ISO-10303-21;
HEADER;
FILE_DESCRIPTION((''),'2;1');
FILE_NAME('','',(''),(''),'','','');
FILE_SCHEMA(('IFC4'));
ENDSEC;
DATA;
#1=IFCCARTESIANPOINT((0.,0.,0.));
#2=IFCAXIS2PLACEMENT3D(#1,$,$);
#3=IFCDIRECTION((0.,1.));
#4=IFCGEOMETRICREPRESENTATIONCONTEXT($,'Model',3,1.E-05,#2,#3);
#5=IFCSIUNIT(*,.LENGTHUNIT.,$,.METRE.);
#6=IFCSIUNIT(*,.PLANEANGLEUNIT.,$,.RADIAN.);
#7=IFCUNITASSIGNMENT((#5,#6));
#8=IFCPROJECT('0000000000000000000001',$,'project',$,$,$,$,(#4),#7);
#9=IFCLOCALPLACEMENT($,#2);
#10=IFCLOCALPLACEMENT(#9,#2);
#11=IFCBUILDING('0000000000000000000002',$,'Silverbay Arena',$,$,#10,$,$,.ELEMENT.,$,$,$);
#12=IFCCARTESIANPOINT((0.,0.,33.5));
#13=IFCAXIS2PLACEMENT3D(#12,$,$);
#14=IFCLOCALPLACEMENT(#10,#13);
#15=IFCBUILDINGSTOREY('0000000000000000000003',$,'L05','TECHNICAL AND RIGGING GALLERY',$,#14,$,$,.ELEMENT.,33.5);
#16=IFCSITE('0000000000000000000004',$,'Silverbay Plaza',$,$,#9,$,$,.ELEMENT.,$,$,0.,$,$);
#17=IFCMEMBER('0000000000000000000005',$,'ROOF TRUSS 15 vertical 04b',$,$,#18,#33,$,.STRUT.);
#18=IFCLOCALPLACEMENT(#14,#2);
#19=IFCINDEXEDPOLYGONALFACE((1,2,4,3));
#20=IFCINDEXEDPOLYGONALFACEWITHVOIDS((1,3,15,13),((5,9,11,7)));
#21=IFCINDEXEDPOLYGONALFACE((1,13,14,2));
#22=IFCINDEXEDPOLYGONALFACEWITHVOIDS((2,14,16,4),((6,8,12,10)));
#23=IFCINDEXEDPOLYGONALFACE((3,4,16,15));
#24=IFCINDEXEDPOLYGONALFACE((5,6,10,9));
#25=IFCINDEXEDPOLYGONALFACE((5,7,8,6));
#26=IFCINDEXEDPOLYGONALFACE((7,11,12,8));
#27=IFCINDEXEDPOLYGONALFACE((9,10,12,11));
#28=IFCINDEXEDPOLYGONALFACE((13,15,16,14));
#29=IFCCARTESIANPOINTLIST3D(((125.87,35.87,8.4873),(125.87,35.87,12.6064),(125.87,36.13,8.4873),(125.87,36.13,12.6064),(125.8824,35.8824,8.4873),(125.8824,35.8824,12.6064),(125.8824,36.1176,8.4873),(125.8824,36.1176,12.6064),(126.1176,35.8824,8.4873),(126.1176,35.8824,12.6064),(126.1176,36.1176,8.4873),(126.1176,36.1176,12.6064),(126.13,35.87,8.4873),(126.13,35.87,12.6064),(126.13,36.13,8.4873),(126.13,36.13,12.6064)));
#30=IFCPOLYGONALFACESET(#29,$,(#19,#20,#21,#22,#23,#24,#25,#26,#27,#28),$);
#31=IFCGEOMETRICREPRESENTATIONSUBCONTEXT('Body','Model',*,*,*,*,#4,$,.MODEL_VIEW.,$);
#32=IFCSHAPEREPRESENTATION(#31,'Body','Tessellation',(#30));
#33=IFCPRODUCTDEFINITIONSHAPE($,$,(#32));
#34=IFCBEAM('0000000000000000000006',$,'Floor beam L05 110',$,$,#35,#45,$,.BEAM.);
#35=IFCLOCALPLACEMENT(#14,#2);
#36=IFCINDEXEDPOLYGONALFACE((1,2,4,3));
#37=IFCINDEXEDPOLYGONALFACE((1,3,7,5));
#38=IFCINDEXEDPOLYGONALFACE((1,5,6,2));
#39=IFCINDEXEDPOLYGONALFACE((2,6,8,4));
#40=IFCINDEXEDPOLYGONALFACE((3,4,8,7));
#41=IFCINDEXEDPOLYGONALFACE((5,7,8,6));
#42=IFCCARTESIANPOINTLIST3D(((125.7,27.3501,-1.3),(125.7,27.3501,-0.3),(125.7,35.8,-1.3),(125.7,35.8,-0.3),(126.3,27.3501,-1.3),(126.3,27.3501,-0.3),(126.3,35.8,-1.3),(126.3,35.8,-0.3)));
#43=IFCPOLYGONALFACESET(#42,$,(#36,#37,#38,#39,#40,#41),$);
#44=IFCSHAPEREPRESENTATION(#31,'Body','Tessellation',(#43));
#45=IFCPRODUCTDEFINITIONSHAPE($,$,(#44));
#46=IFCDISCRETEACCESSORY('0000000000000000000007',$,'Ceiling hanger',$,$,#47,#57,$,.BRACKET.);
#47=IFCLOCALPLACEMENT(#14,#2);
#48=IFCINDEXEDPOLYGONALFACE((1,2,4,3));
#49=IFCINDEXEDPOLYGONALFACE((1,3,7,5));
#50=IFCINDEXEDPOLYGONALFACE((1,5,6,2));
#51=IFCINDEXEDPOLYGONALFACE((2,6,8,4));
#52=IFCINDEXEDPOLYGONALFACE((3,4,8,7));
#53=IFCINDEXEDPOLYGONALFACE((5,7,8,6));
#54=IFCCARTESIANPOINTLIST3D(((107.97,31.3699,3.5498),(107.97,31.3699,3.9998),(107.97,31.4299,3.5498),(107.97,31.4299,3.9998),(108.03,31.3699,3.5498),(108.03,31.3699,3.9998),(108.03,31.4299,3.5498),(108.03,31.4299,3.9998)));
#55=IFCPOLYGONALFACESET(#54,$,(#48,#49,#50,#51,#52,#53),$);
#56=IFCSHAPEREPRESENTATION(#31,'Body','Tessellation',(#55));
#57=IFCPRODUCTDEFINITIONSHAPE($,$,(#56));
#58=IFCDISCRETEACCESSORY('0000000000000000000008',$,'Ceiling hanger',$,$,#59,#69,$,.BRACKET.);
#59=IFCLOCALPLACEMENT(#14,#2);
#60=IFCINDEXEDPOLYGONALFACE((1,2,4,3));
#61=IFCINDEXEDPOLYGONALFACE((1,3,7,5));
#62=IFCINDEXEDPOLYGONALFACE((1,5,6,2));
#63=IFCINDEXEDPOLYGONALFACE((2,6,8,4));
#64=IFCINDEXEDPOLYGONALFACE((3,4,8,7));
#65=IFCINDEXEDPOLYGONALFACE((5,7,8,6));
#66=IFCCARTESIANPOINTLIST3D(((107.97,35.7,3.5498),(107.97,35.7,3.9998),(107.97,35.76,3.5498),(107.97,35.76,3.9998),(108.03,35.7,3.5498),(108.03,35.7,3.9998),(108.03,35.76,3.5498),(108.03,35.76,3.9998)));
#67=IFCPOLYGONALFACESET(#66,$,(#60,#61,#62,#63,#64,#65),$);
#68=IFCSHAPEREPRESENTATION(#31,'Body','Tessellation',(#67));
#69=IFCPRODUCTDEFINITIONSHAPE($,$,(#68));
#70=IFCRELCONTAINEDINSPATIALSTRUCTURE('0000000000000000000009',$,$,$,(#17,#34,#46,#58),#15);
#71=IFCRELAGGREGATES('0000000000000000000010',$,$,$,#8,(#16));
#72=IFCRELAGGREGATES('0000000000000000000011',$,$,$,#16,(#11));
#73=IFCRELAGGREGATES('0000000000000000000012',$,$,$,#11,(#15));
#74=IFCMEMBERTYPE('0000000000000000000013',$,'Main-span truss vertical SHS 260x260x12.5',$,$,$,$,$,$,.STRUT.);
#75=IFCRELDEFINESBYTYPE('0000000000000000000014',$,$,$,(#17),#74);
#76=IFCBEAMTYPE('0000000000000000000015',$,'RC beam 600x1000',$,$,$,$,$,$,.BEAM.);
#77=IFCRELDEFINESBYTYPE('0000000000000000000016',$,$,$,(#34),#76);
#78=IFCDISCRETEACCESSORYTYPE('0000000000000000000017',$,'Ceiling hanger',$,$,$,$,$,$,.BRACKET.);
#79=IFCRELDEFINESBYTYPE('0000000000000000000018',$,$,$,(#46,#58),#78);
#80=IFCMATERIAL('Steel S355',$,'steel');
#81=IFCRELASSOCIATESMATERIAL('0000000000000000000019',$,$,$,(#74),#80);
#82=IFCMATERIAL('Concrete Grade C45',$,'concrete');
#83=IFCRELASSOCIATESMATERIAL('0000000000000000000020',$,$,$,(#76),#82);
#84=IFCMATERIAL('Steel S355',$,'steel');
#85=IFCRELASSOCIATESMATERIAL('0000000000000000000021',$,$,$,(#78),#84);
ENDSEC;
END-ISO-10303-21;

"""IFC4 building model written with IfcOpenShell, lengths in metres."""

from ifc_helpers import new_model, si_unit, direction, frame, origin, origin_2d, place, context, subcontext, project, spatial, rectangle, hollow_rectangle, extrude, material, material_profile, profile_set, type_object, element, save


model = new_model("IFC4")

# Units and contexts
model_context = context("Model", 3, precision=1e-05, world=origin(), true_north=direction((0.0, 1.0)))
body_context = subcontext(model_context, "Body", "Model", "MODEL_VIEW")
ifc_project = project(units=[si_unit("LENGTHUNIT", "METRE"), si_unit("PLANEANGLEUNIT", "RADIAN")], contexts=[model_context])

# Site, building, storey
site_placement = place(None, origin())
site = spatial("IfcSite", under=ifc_project, at=site_placement, Name="Silverbay Plaza", CompositionType="ELEMENT", RefElevation=0.0)
building_placement = place(site_placement, origin())
building = spatial("IfcBuilding", under=site, at=building_placement, Name="Silverbay Arena", CompositionType="ELEMENT")
storey_placement = place(building_placement, frame((0.0, 0.0, 33.5)))
storey = spatial("IfcBuildingStorey", under=building, at=storey_placement, Name="L05", Description="TECHNICAL AND RIGGING GALLERY", CompositionType="ELEMENT", Elevation=33.5)

# Member
ifc_material_1 = material(Name="Steel S355", Category="steel")
ifc_material_profile_1 = material_profile(ifc_material_1, hollow_rectangle(XDim=0.26, YDim=0.26, WallThickness=0.0125, at=origin_2d()), Name="SHS 260x260x12.5")
ifc_profile_set_1 = profile_set([ifc_material_profile_1], Name="Steel S355")
member_type_1 = type_object("IfcMemberType", Name="Main-span truss vertical SHS 260x260x12.5", PredefinedType="STRUT", material=ifc_profile_set_1)
for number, where, z_axis, x_axis, name in (
    (1, (126.0, 36.0, 8.4873), (0.0, 0.0, 1.0), (1.0, 0.0, 0.0), "ROOF TRUSS 15 vertical 04b"),
):
    element("IfcMember", number, at=place(storey_placement, frame(where, z_axis=z_axis, x_axis=x_axis)), inside=storey, type_object=member_type_1, Name=name, PredefinedType="STRUT", context=body_context, shape_type="SweptSolid", body=[
        extrude(hollow_rectangle(XDim=0.26, YDim=0.26, WallThickness=0.0125, at=origin_2d()), origin(), (0.0, 0.0, 1.0), 4.1191),
    ])

# Beam
ifc_material_2 = material(Name="Concrete Grade C45", Category="concrete")
ifc_material_profile_2 = material_profile(ifc_material_2, rectangle(XDim=0.6001, YDim=1.0, at=origin_2d()), Name="RC 600x1000")
ifc_profile_set_2 = profile_set([ifc_material_profile_2], Name="Concrete Grade C45")
beam_type = type_object("IfcBeamType", Name="RC beam 600x1000", PredefinedType="BEAM", material=ifc_profile_set_2)
beam_placement = place(storey_placement, frame((126.0, 27.3501, -0.8), z_axis=(0.0, 1.0, 0.0), x_axis=(-1.0, 0.0, 0.0)))
element("IfcBeam", 2, at=beam_placement, inside=storey, type_object=beam_type, Name="Floor beam L05 110", PredefinedType="BEAM", context=body_context, shape_type="SweptSolid", body=[
    extrude(rectangle(XDim=0.6001, YDim=1.0, at=origin_2d()), origin(), (0.0, 0.0, 1.0), 8.45),
])

# Discrete accessories
ifc_material_3 = material(Name="Steel S355", Category="steel")
discrete_accessory_type = type_object("IfcDiscreteAccessoryType", Name="Ceiling hanger", PredefinedType="BRACKET", material=ifc_material_3)
for number, where, z_axis, x_axis, name in (
    (3, (108.0, 31.3999, 3.5498), (0.0, 0.0, 1.0), (1.0, 0.0, 0.0), "Ceiling hanger"),
    (4, (108.0, 35.73, 3.5498), (0.0, 0.0, 1.0), (1.0, 0.0, 0.0), "Ceiling hanger"),
):
    element("IfcDiscreteAccessory", number, at=place(storey_placement, frame(where, z_axis=z_axis, x_axis=x_axis)), inside=storey, type_object=discrete_accessory_type, Name=name, PredefinedType="BRACKET", context=body_context, shape_type="SweptSolid", body=[
        extrude(rectangle(XDim=0.0601, YDim=0.0601, at=origin_2d()), origin(), (0.0, 0.0, 1.0), 0.45),
    ])

save(model, "model.ifc")
